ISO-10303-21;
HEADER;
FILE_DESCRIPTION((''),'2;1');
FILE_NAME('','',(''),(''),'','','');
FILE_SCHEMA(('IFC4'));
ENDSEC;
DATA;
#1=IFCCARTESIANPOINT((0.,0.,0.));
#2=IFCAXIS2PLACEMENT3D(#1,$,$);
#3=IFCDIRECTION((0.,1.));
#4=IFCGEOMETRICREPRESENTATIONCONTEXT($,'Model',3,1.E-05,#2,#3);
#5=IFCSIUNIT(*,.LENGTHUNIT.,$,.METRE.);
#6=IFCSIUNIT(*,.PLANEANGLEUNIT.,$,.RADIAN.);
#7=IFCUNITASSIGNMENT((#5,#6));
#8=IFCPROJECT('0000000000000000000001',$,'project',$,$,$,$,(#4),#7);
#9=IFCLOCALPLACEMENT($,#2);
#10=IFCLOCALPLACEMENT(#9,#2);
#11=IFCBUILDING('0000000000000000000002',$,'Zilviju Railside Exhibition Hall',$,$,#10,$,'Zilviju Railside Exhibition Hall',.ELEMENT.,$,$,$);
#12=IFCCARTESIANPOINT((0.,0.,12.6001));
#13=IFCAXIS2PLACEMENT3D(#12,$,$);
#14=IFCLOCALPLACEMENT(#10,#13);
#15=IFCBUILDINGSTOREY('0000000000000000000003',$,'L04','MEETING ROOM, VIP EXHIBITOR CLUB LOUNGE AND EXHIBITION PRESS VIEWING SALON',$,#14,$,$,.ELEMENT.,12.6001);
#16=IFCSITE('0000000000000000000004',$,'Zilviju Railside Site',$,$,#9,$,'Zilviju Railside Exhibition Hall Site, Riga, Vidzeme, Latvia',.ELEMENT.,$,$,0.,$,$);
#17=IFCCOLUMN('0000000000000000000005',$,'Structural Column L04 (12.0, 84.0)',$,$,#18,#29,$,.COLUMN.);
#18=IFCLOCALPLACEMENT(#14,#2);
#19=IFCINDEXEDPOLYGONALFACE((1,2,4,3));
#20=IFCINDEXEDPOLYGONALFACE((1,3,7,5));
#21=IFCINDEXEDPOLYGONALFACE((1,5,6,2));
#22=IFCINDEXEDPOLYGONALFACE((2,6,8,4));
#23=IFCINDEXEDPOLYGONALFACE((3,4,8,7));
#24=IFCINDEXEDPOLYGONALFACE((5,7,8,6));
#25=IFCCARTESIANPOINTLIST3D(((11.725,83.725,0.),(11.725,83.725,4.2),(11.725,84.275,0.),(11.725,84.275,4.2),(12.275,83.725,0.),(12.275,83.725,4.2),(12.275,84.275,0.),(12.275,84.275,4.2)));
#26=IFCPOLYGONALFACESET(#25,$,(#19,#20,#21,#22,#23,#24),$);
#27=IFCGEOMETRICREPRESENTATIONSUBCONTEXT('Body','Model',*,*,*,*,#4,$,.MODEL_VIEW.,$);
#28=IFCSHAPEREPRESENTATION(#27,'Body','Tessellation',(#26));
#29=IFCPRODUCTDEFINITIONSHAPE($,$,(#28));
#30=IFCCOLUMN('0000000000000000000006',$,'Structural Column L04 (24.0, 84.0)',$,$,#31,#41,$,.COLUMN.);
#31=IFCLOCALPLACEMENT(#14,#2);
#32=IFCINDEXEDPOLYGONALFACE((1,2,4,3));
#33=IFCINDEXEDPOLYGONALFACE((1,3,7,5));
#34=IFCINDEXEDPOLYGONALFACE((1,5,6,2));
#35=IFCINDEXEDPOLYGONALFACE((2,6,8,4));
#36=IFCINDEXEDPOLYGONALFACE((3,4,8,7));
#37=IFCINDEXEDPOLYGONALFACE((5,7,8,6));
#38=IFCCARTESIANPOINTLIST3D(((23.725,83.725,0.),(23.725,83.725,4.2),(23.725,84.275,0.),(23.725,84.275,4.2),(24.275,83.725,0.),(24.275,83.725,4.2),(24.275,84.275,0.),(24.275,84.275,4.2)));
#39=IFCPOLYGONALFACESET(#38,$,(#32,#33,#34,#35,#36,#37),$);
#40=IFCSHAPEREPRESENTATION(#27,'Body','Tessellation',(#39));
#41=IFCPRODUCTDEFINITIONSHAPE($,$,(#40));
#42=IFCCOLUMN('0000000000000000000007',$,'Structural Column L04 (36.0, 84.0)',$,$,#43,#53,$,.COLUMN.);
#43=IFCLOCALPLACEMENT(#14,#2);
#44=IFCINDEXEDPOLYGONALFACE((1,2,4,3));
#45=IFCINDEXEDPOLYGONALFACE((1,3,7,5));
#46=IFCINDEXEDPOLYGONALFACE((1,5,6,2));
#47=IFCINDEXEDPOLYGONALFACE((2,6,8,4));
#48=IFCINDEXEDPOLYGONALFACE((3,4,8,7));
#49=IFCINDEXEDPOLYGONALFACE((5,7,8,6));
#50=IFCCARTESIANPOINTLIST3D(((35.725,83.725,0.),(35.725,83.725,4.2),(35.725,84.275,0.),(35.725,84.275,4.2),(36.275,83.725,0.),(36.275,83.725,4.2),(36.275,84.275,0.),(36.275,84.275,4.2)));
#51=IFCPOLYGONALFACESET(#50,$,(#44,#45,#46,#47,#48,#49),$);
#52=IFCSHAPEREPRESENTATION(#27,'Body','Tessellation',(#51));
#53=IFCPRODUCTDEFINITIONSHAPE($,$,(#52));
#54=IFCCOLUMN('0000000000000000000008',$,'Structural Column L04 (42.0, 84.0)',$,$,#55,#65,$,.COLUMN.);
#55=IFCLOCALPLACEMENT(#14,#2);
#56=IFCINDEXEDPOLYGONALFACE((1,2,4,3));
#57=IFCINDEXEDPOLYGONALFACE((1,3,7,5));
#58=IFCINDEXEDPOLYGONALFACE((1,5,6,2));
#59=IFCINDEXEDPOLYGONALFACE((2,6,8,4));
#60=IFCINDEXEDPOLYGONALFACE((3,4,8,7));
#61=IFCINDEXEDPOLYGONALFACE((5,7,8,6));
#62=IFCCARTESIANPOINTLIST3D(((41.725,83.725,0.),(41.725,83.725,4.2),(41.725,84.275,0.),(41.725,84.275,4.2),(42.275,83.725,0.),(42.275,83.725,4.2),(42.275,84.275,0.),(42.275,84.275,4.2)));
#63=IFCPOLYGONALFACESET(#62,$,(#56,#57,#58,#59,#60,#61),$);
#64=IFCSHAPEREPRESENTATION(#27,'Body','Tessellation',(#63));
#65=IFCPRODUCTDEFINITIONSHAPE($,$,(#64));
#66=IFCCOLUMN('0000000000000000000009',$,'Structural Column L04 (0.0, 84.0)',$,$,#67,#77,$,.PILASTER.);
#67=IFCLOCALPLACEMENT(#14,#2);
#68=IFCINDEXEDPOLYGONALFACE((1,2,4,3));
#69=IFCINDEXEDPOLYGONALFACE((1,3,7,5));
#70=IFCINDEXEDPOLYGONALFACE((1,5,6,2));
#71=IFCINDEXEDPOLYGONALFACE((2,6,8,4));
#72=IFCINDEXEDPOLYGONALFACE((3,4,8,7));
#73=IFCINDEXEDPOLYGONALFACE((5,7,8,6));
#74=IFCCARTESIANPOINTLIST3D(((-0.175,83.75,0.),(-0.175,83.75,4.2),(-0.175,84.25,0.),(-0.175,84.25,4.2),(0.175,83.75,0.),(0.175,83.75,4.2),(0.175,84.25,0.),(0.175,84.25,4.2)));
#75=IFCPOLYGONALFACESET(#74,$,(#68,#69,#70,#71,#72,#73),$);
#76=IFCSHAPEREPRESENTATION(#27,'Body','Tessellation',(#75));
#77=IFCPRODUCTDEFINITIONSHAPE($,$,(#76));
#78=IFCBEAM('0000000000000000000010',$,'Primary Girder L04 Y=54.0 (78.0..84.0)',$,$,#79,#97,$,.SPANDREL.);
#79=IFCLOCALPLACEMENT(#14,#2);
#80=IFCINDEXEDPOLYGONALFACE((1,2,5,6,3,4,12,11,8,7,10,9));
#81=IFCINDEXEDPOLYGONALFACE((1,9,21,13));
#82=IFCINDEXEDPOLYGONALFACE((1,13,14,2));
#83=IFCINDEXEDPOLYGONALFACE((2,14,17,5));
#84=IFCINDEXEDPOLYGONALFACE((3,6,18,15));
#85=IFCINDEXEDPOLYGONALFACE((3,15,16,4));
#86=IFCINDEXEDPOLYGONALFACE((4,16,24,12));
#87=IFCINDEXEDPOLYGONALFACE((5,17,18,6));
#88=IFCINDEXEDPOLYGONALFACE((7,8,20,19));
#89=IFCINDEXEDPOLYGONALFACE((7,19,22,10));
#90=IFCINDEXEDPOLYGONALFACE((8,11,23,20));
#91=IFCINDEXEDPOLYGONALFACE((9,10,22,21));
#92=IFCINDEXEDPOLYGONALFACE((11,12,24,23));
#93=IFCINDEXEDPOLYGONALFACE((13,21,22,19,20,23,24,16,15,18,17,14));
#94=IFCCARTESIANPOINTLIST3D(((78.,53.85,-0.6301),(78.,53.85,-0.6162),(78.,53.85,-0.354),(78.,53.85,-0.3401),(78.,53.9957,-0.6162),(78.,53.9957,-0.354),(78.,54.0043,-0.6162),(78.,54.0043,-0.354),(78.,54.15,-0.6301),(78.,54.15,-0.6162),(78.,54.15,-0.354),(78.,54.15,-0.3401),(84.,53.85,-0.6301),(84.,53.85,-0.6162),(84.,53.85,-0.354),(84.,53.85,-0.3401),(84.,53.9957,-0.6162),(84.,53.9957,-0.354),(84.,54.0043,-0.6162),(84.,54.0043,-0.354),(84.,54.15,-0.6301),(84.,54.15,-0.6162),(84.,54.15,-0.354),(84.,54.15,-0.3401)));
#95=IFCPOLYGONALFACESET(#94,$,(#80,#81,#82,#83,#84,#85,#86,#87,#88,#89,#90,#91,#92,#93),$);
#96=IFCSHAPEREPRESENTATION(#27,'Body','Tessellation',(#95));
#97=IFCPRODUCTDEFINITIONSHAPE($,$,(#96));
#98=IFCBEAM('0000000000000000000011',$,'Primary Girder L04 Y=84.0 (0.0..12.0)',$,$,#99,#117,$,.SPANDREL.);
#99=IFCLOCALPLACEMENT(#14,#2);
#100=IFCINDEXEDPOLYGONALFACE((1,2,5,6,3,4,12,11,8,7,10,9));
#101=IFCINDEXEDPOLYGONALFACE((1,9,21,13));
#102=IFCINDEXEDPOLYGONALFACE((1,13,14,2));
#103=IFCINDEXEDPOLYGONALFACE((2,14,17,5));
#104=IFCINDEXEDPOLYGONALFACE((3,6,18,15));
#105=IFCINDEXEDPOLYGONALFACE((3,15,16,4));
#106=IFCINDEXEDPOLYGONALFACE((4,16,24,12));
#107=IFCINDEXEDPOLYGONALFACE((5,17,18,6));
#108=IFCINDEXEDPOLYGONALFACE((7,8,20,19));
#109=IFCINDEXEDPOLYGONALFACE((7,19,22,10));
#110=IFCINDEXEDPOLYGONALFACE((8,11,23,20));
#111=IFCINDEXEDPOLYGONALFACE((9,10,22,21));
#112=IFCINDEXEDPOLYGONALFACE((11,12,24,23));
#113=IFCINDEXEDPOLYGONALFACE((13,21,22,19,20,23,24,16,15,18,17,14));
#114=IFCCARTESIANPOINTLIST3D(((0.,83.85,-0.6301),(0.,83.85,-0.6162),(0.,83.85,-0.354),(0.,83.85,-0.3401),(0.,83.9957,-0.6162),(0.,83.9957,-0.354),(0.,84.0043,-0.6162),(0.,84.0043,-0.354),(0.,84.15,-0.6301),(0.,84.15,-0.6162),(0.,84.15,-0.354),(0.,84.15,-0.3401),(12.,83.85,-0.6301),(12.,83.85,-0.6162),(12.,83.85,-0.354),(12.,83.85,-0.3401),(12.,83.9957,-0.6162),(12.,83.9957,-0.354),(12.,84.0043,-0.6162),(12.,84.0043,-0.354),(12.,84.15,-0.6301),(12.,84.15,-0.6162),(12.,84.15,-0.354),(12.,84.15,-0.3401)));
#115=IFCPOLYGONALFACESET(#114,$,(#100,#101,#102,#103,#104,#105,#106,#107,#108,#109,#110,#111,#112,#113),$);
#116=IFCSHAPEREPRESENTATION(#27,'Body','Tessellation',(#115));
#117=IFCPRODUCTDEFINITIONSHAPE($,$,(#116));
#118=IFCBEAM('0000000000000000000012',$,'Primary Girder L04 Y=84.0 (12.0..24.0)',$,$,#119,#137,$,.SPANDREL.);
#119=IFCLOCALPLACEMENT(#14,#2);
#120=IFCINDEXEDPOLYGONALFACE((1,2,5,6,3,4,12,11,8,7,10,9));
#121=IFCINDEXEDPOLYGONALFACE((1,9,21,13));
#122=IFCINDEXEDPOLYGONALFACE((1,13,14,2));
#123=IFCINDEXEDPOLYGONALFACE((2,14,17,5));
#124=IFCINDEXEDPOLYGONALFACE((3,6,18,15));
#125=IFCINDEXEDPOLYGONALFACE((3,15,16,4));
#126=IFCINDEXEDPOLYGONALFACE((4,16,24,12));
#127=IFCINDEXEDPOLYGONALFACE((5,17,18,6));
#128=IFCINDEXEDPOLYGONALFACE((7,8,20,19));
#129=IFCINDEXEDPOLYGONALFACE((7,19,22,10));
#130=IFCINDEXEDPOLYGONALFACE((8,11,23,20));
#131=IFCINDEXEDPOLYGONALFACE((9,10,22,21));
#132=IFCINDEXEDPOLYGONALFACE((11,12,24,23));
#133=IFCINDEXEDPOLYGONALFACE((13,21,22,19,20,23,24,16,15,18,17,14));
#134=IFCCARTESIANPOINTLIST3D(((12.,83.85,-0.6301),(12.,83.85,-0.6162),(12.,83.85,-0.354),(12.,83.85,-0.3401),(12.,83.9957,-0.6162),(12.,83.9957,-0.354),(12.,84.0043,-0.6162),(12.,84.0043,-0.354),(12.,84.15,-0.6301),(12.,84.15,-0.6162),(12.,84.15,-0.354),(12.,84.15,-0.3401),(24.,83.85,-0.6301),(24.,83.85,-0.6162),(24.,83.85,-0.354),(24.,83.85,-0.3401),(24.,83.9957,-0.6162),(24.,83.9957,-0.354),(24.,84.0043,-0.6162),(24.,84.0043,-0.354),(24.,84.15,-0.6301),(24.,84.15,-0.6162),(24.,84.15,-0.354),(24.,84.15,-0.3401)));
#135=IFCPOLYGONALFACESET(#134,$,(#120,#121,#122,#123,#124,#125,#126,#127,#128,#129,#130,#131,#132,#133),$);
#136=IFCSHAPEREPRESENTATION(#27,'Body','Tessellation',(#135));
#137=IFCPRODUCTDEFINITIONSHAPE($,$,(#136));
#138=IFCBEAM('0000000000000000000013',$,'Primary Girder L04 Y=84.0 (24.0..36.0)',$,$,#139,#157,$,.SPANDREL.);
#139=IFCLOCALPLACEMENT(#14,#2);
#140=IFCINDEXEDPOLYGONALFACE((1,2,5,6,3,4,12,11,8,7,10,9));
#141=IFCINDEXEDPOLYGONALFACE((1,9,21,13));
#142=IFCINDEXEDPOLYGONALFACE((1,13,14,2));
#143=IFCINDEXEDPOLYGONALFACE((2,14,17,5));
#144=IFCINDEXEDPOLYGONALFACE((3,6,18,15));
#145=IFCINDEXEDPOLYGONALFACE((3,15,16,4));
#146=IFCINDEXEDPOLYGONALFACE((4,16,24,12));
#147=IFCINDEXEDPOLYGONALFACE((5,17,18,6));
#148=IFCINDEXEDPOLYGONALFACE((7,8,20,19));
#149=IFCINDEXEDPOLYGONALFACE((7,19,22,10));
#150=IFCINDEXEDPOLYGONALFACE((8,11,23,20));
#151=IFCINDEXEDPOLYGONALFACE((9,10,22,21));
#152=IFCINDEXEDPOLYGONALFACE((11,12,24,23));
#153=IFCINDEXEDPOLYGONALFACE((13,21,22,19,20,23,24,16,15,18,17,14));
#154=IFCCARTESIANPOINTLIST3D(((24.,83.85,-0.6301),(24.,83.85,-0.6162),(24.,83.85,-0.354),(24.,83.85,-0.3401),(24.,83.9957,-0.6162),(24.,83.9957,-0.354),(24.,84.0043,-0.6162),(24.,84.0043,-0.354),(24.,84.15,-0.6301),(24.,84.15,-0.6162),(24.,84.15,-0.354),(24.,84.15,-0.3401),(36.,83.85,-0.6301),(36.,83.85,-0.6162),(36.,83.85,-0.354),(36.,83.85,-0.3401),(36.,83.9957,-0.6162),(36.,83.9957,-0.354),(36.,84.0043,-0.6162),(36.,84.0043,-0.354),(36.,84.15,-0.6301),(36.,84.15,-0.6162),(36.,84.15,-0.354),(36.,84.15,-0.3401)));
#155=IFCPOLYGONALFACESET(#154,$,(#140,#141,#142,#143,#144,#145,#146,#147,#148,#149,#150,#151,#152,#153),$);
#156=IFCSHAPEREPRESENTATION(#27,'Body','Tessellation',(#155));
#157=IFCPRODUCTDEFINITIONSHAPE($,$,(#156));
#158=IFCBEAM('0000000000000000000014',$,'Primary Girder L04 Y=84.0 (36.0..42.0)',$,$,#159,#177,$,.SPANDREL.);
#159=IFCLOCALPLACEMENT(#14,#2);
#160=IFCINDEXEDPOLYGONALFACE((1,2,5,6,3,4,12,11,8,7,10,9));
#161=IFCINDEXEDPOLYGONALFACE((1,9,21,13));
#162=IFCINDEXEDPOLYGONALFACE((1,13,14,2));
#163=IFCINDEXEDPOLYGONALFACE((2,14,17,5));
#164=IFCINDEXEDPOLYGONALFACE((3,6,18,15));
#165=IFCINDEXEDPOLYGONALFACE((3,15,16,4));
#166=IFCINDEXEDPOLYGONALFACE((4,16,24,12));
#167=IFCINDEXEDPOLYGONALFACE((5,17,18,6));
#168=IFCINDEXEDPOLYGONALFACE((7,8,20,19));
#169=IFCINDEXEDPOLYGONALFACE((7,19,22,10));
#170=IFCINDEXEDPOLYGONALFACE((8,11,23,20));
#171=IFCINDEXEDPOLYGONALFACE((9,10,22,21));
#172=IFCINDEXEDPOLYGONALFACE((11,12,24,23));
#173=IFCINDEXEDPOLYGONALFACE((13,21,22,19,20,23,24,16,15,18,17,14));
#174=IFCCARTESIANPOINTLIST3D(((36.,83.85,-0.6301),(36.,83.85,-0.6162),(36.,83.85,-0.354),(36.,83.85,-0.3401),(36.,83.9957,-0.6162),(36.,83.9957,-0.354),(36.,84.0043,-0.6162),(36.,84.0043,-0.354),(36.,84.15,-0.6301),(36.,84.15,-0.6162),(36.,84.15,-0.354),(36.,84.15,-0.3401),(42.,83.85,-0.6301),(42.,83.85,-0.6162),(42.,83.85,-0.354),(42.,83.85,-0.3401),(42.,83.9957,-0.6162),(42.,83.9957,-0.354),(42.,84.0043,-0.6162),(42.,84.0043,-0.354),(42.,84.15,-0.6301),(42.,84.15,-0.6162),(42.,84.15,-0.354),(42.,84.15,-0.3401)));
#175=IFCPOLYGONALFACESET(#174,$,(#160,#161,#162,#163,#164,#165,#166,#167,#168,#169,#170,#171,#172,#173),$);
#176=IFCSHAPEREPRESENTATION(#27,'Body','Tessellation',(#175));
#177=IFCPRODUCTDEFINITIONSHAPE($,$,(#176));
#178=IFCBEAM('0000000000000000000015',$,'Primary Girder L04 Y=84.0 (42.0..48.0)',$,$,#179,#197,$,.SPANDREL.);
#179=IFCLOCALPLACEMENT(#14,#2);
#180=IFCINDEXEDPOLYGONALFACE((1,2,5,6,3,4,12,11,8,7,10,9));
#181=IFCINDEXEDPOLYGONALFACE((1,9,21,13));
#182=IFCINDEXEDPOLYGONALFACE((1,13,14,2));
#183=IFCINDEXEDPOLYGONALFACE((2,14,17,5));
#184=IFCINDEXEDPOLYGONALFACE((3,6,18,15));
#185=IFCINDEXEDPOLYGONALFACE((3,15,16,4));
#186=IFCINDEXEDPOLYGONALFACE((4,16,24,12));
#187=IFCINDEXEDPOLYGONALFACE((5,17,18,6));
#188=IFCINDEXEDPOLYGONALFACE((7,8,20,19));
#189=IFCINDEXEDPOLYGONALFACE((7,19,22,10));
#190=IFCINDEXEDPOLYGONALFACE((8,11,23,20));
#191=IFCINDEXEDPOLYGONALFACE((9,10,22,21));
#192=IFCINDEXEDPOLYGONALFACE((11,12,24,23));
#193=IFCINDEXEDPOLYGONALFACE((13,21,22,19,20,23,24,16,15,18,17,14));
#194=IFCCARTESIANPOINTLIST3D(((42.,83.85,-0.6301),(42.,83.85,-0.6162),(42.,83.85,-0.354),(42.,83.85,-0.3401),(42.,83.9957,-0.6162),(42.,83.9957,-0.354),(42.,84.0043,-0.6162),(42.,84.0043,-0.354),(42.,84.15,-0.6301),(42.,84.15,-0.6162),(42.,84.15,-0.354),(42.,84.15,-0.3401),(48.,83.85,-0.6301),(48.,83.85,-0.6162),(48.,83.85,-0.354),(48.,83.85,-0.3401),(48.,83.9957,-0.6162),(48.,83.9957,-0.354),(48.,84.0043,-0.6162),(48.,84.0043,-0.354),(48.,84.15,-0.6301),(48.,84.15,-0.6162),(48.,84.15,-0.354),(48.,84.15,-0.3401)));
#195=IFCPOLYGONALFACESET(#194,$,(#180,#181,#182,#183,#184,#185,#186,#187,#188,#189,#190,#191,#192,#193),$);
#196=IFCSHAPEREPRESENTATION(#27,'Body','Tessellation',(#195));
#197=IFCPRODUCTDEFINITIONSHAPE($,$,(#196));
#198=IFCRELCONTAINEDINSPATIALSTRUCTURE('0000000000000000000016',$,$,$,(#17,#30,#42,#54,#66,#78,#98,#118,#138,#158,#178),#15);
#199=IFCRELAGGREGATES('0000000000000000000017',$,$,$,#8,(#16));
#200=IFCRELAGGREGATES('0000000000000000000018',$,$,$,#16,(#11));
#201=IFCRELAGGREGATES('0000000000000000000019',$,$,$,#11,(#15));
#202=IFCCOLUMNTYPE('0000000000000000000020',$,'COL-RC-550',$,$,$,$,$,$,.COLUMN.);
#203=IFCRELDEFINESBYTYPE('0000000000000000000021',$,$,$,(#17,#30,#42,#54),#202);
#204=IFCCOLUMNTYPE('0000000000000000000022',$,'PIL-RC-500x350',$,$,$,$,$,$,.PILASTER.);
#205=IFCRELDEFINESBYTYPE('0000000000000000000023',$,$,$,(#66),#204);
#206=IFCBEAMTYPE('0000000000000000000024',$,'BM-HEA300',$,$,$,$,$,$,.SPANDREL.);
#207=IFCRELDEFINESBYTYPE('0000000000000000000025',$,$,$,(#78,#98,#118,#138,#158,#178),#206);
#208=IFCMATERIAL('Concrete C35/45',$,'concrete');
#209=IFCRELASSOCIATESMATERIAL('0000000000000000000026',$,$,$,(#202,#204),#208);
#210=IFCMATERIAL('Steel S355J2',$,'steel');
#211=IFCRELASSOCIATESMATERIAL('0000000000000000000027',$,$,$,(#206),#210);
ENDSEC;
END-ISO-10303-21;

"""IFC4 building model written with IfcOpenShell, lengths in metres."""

from ifc_helpers import new_model, si_unit, direction, frame, origin, origin_2d, place, context, subcontext, project, spatial, rectangle, i_section, extrude, material, material_profile, profile_set, type_object, element, save


model = new_model("IFC4")

# Units and contexts
model_context = context("Model", 3, precision=1e-05, world=origin(), true_north=direction((0.0, 1.0)))
body_context = subcontext(model_context, "Body", "Model", "MODEL_VIEW")
ifc_project = project(units=[si_unit("LENGTHUNIT", "METRE"), si_unit("PLANEANGLEUNIT", "RADIAN")], contexts=[model_context])

# Site, building, storey
site_placement = place(None, origin())
site = spatial("IfcSite", under=ifc_project, at=site_placement, Name="Zilviju Railside Site", LongName="Zilviju Railside Exhibition Hall Site, Riga, Vidzeme, Latvia", CompositionType="ELEMENT", RefElevation=0.0)
building_placement = place(site_placement, origin())
building = spatial("IfcBuilding", under=site, at=building_placement, Name="Zilviju Railside Exhibition Hall", LongName="Zilviju Railside Exhibition Hall", CompositionType="ELEMENT")
storey_placement = place(building_placement, frame((0.0, 0.0, 12.6001)))
storey = spatial("IfcBuildingStorey", under=building, at=storey_placement, Name="L04", Description="MEETING ROOM, VIP EXHIBITOR CLUB LOUNGE AND EXHIBITION PRESS VIEWING SALON", CompositionType="ELEMENT", Elevation=12.6001)

# Columns
ifc_material_1 = material(Name="Concrete C35/45", Category="concrete")
ifc_material_profile_1 = material_profile(ifc_material_1, rectangle(XDim=0.55, YDim=0.55, at=origin_2d()), Name="RC COL 550x550")
ifc_profile_set_1 = profile_set([ifc_material_profile_1], Name="Concrete C35/45")
column_type_1 = type_object("IfcColumnType", Name="COL-RC-550", PredefinedType="COLUMN", material=ifc_profile_set_1)
for number, where, z_axis, x_axis, name in (
    (1, (12.0, 84.0, 0.0), (0.0, 0.0, 1.0), (1.0, 0.0, 0.0), "Structural Column L04 (12.0, 84.0)"),
    (2, (24.0, 84.0, 0.0), (0.0, 0.0, 1.0), (1.0, 0.0, 0.0), "Structural Column L04 (24.0, 84.0)"),
    (3, (36.0, 84.0, 0.0), (0.0, 0.0, 1.0), (1.0, 0.0, 0.0), "Structural Column L04 (36.0, 84.0)"),
    (4, (42.0, 84.0, 0.0), (0.0, 0.0, 1.0), (1.0, 0.0, 0.0), "Structural Column L04 (42.0, 84.0)"),
):
    element("IfcColumn", number, at=place(storey_placement, frame(where, z_axis=z_axis, x_axis=x_axis)), inside=storey, type_object=column_type_1, Name=name, PredefinedType="COLUMN", context=body_context, shape_type="SweptSolid", body=[
        extrude(rectangle(XDim=0.55, YDim=0.55, at=origin_2d()), origin(), (0.0, 0.0, 1.0), 4.2),
    ])
ifc_material_profile_2 = material_profile(ifc_material_1, rectangle(XDim=0.3501, YDim=0.5, at=origin_2d()), Name="RC COL 350x500")
ifc_profile_set_2 = profile_set([ifc_material_profile_2], Name="Concrete C35/45")
column_type_2 = type_object("IfcColumnType", Name="PIL-RC-500x350", PredefinedType="PILASTER", material=ifc_profile_set_2)
column_placement = place(storey_placement, frame((0.0, 84.0, 0.0), z_axis=(0.0, 0.0, 1.0), x_axis=(1.0, 0.0, 0.0)))
element("IfcColumn", 5, at=column_placement, inside=storey, type_object=column_type_2, Name="Structural Column L04 (0.0, 84.0)", PredefinedType="PILASTER", context=body_context, shape_type="SweptSolid", body=[
    extrude(rectangle(XDim=0.3501, YDim=0.5, at=origin_2d()), origin(), (0.0, 0.0, 1.0), 4.2),
])

# Beams
ifc_material_2 = material(Name="Steel S355J2", Category="steel")
ifc_material_profile_3 = material_profile(ifc_material_2, i_section(OverallWidth=0.3, OverallDepth=0.29, WebThickness=0.0085, FlangeThickness=0.0139, at=origin_2d()), Name="HEA 300")
ifc_profile_set_3 = profile_set([ifc_material_profile_3], Name="Steel S355J2")
beam_type_1 = type_object("IfcBeamType", Name="BM-HEA300", PredefinedType="SPANDREL", material=ifc_profile_set_3)
beam_1_placement = place(storey_placement, frame((78.0, 54.0, -0.4851), z_axis=(1.0, 0.0, 0.0), x_axis=(0.0, 1.0, 0.0)))
element("IfcBeam", 6, at=beam_1_placement, inside=storey, type_object=beam_type_1, Name="Primary Girder L04 Y=54.0 (78.0..84.0)", PredefinedType="SPANDREL", context=body_context, shape_type="SweptSolid", body=[
    extrude(i_section(OverallWidth=0.3, OverallDepth=0.29, WebThickness=0.0085, FlangeThickness=0.0139, at=origin_2d()), origin(), (0.0, 0.0, 1.0), 6.0),
])
for number, where, z_axis, x_axis, name in (
    (7, (0.0, 84.0, -0.4851), (1.0, 0.0, 0.0), (0.0, 1.0, 0.0), "Primary Girder L04 Y=84.0 (0.0..12.0)"),
    (8, (12.0, 84.0, -0.4851), (1.0, 0.0, 0.0), (0.0, 1.0, 0.0), "Primary Girder L04 Y=84.0 (12.0..24.0)"),
    (9, (24.0, 84.0, -0.4851), (1.0, 0.0, 0.0), (0.0, 1.0, 0.0), "Primary Girder L04 Y=84.0 (24.0..36.0)"),
):
    element("IfcBeam", number, at=place(storey_placement, frame(where, z_axis=z_axis, x_axis=x_axis)), inside=storey, type_object=beam_type_1, Name=name, PredefinedType="SPANDREL", context=body_context, shape_type="SweptSolid", body=[
        extrude(i_section(OverallWidth=0.3, OverallDepth=0.29, WebThickness=0.0085, FlangeThickness=0.0139, at=origin_2d()), origin(), (0.0, 0.0, 1.0), 12.0),
    ])
for number, where, z_axis, x_axis, name in (
    (10, (36.0, 84.0, -0.4851), (1.0, 0.0, 0.0), (0.0, 1.0, 0.0), "Primary Girder L04 Y=84.0 (36.0..42.0)"),
    (11, (42.0, 84.0, -0.4851), (1.0, 0.0, 0.0), (0.0, 1.0, 0.0), "Primary Girder L04 Y=84.0 (42.0..48.0)"),
):
    element("IfcBeam", number, at=place(storey_placement, frame(where, z_axis=z_axis, x_axis=x_axis)), inside=storey, type_object=beam_type_1, Name=name, PredefinedType="SPANDREL", context=body_context, shape_type="SweptSolid", body=[
        extrude(i_section(OverallWidth=0.3, OverallDepth=0.29, WebThickness=0.0085, FlangeThickness=0.0139, at=origin_2d()), origin(), (0.0, 0.0, 1.0), 6.0),
    ])

save(model, "model.ifc")
